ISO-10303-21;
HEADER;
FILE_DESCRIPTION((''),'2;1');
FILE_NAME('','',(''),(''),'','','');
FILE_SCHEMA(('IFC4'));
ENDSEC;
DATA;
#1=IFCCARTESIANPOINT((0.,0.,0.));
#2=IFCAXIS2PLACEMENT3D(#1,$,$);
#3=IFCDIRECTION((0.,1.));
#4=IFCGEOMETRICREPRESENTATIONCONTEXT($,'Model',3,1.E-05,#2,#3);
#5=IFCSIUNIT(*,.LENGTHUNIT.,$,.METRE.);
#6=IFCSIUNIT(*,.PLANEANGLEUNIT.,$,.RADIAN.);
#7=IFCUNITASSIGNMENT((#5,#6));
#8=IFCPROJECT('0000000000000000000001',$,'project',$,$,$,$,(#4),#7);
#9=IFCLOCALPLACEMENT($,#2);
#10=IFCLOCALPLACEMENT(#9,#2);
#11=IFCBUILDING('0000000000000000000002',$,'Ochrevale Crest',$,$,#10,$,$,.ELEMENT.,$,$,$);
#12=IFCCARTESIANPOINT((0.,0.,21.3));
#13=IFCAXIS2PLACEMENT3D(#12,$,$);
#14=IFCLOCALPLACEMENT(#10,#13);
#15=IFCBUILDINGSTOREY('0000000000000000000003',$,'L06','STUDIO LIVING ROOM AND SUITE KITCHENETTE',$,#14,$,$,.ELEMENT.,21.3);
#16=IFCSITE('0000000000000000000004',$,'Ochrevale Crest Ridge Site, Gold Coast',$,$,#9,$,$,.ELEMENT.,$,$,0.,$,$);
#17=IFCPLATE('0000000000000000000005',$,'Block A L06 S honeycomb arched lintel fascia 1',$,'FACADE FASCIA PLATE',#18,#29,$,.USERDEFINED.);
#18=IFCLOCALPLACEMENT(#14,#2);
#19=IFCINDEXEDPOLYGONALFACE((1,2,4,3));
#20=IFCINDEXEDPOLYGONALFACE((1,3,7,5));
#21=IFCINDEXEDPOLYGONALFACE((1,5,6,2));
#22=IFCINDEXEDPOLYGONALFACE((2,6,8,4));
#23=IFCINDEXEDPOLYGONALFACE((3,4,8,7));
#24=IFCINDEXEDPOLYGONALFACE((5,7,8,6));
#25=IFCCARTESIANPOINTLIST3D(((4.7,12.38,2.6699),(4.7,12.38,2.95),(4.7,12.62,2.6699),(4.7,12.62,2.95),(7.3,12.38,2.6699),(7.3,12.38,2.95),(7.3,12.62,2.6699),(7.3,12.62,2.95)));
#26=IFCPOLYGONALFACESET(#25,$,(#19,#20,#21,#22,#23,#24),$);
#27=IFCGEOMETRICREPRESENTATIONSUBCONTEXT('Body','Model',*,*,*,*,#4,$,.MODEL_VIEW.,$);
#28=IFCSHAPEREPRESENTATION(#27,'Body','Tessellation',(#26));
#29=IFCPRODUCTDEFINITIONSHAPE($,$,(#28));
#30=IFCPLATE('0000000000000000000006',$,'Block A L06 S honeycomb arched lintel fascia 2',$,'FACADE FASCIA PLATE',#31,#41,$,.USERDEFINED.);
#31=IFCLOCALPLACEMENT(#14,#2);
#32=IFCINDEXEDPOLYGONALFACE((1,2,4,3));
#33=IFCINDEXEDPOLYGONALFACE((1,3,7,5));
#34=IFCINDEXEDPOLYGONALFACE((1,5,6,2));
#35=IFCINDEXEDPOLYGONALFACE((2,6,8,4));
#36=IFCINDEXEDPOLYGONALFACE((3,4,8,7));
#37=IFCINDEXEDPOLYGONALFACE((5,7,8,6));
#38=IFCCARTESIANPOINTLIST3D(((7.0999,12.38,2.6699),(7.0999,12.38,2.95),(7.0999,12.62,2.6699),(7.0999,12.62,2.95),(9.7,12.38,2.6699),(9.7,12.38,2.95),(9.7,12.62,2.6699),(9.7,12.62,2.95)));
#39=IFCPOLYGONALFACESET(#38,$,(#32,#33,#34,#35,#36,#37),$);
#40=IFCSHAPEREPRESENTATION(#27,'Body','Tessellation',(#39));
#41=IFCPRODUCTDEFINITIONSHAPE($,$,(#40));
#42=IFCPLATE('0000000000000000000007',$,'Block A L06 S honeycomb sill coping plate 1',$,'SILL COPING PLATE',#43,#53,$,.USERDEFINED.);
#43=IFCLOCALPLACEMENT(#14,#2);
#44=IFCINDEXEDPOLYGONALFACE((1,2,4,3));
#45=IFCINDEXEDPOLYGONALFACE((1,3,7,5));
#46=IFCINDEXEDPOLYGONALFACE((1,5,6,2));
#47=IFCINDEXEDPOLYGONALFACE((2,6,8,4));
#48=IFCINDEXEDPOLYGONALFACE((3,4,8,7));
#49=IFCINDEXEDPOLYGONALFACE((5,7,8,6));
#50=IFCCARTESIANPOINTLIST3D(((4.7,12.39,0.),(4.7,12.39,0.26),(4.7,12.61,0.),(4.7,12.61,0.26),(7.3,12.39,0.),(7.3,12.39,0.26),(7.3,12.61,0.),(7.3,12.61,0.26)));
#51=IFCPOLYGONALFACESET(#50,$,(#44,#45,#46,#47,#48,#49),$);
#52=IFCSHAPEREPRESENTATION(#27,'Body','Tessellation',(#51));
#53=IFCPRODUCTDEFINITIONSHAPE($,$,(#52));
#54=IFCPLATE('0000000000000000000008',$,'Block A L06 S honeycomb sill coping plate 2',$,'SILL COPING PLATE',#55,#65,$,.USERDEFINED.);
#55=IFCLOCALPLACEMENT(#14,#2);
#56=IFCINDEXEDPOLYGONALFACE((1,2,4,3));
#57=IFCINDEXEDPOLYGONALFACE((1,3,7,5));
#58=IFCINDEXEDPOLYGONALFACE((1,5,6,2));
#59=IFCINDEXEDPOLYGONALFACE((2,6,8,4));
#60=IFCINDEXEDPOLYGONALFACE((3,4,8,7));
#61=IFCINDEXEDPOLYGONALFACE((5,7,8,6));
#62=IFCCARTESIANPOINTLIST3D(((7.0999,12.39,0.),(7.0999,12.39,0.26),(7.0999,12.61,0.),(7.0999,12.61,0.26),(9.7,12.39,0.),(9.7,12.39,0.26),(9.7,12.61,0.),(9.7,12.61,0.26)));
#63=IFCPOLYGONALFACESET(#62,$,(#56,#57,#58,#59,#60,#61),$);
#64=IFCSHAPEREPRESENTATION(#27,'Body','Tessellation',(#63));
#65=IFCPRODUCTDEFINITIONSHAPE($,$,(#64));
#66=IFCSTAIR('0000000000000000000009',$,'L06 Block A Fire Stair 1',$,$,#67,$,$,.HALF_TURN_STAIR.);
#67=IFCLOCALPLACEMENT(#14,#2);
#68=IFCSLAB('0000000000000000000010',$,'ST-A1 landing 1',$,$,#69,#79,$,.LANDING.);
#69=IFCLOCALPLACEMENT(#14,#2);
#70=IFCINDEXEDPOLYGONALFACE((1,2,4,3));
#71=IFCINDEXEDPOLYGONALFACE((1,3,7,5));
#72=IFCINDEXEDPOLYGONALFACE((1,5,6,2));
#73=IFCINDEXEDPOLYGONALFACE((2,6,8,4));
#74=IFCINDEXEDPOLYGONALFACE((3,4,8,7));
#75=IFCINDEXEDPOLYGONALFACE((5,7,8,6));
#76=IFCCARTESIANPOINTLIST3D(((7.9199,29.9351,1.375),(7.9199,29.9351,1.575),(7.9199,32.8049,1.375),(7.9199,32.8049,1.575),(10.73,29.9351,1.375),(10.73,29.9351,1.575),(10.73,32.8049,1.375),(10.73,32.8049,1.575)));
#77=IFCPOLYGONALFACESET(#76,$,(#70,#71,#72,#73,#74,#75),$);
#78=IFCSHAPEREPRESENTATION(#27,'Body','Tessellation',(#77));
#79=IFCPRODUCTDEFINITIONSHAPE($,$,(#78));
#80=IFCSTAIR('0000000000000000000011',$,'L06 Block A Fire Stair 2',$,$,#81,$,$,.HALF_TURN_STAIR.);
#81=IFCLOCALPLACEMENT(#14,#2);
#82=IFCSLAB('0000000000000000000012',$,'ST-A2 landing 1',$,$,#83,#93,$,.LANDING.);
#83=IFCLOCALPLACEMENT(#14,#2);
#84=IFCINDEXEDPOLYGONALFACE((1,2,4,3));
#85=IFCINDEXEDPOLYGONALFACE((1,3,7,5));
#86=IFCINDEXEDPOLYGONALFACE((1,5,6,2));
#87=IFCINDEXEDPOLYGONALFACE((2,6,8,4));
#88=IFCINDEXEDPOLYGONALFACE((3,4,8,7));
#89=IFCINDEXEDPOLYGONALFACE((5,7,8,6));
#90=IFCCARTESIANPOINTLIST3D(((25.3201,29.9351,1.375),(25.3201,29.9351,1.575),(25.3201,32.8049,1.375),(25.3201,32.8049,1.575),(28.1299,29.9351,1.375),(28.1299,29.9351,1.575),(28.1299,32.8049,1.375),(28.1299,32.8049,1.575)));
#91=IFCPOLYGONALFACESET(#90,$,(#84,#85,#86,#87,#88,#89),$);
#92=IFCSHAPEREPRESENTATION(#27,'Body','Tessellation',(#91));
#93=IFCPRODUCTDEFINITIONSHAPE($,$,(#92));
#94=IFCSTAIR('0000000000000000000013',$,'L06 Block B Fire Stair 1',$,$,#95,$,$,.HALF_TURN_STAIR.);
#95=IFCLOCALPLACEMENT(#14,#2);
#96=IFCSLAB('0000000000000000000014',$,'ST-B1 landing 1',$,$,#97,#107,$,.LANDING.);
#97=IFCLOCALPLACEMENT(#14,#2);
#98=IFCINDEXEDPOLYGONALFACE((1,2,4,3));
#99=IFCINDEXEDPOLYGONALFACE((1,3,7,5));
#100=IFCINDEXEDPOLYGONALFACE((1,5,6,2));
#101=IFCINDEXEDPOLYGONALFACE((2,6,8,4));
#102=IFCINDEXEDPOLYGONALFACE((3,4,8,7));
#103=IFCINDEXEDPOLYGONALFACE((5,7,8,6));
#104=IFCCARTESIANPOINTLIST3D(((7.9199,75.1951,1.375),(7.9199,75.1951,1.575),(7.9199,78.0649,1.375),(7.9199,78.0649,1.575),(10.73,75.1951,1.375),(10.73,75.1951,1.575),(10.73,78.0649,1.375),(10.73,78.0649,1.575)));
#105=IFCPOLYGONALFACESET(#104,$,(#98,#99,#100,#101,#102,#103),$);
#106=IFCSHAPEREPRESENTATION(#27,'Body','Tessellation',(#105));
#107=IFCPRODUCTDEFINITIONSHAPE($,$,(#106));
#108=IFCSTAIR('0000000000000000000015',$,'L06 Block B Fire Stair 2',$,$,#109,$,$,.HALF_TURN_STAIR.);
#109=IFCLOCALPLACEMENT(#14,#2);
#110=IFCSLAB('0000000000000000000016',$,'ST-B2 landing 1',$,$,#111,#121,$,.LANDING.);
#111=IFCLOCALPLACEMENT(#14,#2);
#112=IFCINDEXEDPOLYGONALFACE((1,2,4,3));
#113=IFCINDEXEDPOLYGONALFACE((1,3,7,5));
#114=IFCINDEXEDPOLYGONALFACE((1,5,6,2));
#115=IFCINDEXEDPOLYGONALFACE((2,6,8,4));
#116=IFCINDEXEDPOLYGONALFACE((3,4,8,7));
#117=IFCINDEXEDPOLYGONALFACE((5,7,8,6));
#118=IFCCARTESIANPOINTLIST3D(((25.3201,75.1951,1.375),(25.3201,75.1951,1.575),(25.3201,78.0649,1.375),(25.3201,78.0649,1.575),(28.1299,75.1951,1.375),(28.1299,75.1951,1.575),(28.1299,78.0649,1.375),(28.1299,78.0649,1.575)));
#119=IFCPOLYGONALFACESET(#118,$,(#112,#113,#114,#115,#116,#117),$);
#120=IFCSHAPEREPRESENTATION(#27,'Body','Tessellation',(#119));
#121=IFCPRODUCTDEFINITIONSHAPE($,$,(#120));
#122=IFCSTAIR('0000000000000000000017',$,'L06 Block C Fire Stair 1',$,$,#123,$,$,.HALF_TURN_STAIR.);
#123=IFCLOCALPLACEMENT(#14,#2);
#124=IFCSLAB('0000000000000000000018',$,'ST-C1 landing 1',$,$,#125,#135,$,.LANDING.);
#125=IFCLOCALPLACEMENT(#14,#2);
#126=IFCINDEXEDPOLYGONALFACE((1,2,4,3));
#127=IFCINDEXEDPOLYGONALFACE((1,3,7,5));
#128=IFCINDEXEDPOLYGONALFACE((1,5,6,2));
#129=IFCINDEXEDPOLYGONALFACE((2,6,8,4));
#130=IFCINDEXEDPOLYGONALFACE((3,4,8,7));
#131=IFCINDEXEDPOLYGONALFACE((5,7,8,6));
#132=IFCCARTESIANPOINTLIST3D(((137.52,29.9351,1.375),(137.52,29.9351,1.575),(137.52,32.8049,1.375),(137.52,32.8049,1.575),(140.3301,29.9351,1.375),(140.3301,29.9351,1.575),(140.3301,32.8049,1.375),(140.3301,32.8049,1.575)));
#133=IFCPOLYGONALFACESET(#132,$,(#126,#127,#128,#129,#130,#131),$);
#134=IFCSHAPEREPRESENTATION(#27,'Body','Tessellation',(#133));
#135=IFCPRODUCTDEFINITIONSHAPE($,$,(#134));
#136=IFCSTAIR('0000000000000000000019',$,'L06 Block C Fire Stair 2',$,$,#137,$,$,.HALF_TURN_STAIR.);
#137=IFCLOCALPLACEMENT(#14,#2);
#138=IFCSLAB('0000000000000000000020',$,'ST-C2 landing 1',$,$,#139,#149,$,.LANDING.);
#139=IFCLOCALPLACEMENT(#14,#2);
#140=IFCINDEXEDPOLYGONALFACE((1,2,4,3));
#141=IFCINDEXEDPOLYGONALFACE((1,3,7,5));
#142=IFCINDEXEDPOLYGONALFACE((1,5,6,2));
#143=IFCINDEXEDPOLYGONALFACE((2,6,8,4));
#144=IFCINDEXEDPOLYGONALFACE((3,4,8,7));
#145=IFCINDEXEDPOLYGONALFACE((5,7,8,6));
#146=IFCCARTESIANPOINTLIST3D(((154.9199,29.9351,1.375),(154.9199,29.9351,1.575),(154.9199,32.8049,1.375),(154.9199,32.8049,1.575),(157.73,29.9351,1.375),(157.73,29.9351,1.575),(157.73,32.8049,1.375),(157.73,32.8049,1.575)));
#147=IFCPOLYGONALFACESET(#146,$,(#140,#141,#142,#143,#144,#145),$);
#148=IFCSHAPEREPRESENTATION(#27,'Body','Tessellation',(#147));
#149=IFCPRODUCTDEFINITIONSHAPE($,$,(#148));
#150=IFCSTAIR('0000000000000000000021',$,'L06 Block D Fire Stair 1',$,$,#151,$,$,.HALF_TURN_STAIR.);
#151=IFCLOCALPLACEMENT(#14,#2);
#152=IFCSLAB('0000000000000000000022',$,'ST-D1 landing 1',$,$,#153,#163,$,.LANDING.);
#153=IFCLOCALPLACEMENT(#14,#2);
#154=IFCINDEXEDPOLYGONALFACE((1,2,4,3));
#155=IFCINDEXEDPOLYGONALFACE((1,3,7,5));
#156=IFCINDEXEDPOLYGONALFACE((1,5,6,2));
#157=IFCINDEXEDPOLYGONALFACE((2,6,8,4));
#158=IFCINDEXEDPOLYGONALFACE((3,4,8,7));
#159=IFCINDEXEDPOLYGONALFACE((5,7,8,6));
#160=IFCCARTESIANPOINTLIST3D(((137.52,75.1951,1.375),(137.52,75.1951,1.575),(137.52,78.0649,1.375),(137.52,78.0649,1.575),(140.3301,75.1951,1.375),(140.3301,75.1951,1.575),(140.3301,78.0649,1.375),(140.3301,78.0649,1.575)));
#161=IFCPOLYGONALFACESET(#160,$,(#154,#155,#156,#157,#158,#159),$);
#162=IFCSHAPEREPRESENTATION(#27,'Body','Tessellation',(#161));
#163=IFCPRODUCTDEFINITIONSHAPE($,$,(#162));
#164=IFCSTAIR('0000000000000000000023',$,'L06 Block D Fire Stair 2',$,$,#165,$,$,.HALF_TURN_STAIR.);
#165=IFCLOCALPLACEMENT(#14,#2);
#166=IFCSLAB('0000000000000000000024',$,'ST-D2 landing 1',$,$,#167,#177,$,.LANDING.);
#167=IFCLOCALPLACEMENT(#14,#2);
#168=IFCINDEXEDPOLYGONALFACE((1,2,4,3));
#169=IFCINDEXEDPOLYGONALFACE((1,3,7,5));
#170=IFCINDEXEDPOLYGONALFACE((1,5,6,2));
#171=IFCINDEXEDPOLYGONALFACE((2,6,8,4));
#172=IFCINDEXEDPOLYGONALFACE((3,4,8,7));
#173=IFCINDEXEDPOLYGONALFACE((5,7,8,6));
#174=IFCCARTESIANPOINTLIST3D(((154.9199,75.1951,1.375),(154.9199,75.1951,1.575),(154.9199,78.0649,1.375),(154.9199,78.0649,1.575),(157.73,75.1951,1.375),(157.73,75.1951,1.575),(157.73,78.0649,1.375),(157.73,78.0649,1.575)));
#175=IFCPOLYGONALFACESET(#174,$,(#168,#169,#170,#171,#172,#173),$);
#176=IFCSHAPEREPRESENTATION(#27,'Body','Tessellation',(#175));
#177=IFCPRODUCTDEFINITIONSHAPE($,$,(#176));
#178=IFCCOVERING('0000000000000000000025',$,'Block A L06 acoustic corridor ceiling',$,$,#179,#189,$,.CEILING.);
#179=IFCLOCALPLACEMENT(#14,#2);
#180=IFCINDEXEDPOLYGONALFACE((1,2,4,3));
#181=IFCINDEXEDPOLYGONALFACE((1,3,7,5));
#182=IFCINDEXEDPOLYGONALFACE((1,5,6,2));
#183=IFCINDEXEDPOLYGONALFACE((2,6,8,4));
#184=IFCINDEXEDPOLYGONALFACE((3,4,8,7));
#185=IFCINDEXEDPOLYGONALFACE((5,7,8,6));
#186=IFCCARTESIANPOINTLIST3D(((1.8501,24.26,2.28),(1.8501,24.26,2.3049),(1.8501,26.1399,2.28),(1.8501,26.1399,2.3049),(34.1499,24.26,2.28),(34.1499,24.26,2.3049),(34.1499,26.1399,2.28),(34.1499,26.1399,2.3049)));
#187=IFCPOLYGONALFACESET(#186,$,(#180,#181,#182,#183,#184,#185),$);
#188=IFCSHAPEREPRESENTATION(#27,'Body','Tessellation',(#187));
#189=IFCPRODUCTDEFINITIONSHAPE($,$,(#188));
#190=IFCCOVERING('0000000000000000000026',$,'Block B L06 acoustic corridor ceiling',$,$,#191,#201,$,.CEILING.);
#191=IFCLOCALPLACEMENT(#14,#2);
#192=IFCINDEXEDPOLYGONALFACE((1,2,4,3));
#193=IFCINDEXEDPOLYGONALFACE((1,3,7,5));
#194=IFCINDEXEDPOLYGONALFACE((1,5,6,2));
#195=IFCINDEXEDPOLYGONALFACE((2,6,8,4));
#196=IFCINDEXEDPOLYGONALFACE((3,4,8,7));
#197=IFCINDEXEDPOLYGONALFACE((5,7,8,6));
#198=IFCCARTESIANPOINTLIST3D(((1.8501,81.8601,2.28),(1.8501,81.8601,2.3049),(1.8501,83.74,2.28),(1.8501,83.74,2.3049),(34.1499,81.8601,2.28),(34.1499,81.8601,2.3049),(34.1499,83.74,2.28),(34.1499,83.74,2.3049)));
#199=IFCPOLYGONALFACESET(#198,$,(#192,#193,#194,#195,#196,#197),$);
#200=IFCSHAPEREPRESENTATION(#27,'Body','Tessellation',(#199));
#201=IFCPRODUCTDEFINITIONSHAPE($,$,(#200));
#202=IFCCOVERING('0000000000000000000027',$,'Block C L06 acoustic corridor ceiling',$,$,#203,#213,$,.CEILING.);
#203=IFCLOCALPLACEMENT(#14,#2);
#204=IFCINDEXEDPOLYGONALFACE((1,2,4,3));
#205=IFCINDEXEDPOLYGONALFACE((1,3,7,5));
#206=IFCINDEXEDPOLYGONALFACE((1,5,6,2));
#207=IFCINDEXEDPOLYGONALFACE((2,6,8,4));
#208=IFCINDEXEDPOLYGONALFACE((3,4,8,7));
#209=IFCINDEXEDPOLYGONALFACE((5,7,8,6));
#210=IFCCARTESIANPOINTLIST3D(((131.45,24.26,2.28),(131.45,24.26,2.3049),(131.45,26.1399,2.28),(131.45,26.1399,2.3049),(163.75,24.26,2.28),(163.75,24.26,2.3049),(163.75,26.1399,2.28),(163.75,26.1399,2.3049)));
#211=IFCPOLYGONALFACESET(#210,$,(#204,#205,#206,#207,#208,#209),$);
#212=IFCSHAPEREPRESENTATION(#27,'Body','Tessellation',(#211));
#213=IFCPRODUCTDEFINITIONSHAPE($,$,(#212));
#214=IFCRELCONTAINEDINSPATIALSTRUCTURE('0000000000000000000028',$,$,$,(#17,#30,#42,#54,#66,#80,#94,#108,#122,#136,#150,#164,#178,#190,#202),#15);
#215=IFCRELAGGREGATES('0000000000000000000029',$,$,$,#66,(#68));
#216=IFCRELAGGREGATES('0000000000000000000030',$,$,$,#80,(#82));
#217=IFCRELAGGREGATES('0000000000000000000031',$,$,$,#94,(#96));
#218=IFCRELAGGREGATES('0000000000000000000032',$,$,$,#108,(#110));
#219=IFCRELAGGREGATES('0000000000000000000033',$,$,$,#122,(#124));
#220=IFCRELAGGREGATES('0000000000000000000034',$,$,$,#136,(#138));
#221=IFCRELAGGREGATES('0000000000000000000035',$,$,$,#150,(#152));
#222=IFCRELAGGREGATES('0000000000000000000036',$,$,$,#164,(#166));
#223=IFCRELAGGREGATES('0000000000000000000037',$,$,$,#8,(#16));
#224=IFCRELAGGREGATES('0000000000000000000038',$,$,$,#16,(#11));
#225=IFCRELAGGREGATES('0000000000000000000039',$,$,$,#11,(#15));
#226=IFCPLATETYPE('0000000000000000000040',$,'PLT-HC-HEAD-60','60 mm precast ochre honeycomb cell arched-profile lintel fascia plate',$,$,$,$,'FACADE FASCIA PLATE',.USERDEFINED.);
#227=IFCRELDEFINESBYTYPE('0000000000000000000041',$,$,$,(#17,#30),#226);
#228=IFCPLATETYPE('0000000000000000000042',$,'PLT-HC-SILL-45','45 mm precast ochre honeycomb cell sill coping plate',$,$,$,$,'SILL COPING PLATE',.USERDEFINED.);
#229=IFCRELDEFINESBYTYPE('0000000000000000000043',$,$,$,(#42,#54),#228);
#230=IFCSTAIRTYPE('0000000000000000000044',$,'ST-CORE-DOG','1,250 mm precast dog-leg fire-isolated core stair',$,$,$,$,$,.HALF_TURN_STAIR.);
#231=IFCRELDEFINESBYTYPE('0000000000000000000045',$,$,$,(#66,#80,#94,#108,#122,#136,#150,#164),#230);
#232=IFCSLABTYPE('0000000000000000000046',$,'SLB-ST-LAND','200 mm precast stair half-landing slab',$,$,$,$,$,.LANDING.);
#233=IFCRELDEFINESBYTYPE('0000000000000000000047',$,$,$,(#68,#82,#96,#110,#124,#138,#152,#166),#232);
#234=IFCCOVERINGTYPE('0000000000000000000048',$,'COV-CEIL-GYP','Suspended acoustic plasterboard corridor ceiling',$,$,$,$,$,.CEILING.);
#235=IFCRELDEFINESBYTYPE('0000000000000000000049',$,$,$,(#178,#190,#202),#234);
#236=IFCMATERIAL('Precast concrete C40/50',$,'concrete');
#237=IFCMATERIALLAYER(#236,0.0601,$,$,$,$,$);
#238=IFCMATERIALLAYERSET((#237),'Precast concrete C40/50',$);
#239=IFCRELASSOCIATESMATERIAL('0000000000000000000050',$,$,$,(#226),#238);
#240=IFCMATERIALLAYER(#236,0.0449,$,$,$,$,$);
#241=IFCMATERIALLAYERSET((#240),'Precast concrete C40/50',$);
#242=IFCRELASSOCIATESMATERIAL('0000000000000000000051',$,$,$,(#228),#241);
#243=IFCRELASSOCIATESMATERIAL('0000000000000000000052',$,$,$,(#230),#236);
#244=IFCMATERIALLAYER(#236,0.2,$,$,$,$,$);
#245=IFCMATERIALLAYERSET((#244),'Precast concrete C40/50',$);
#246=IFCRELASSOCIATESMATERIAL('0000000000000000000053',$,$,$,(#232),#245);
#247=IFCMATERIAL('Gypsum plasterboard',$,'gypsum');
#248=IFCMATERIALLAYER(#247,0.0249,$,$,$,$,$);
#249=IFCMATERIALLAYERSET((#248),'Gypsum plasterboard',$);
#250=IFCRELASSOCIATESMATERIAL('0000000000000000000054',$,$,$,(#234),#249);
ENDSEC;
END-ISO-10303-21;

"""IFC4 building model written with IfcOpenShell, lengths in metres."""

from ifc_helpers import new_model, si_unit, direction, frame, origin, origin_2d, place, context, subcontext, project, spatial, polyline, rectangle, outline, extrude, material, layer, layer_set, type_object, element, aggregate, save


model = new_model("IFC4")

# Units and contexts
model_context = context("Model", 3, precision=1e-05, world=origin(), true_north=direction((0.0, 1.0)))
body_context = subcontext(model_context, "Body", "Model", "MODEL_VIEW")
ifc_project = project(units=[si_unit("LENGTHUNIT", "METRE"), si_unit("PLANEANGLEUNIT", "RADIAN")], contexts=[model_context])

# Site, building, storey
site_placement = place(None, origin())
site = spatial("IfcSite", under=ifc_project, at=site_placement, Name="Ochrevale Crest Ridge Site, Gold Coast", CompositionType="ELEMENT", RefElevation=0.0)
building_placement = place(site_placement, origin())
building = spatial("IfcBuilding", under=site, at=building_placement, Name="Ochrevale Crest", CompositionType="ELEMENT")
storey_placement = place(building_placement, frame((0.0, 0.0, 21.3)))
storey = spatial("IfcBuildingStorey", under=building, at=storey_placement, Name="L06", Description="STUDIO LIVING ROOM AND SUITE KITCHENETTE", CompositionType="ELEMENT", Elevation=21.3)

# Plates
ifc_material_1 = material(Name="Precast concrete C40/50", Category="concrete")
ifc_layer_1 = layer(ifc_material_1, 0.0601)
ifc_layer_set_1 = layer_set([ifc_layer_1], Name="Precast concrete C40/50")
plate_type_1 = type_object("IfcPlateType", Name="PLT-HC-HEAD-60", Description="60 mm precast ochre honeycomb cell arched-profile lintel fascia plate", ElementType="FACADE FASCIA PLATE", PredefinedType="USERDEFINED", material=ifc_layer_set_1)
for number, where, z_axis, x_axis, name in (
    (1, (6.0, 12.5, 2.6699), (0.0, 0.0, 1.0), (1.0, 0.0, 0.0), "Block A L06 S honeycomb arched lintel fascia 1"),
    (2, (8.3999, 12.5, 2.6699), (0.0, 0.0, 1.0), (1.0, 0.0, 0.0), "Block A L06 S honeycomb arched lintel fascia 2"),
):
    element("IfcPlate", number, at=place(storey_placement, frame(where, z_axis=z_axis, x_axis=x_axis)), inside=storey, type_object=plate_type_1, Name=name, ObjectType="FACADE FASCIA PLATE", PredefinedType="USERDEFINED", context=body_context, shape_type="SweptSolid", body=[
        extrude(rectangle(XDim=2.6001, YDim=0.24, at=origin_2d()), origin(), (0.0, 0.0, 1.0), 0.28),
    ])
ifc_layer_2 = layer(ifc_material_1, 0.0449)
ifc_layer_set_2 = layer_set([ifc_layer_2], Name="Precast concrete C40/50")
plate_type_2 = type_object("IfcPlateType", Name="PLT-HC-SILL-45", Description="45 mm precast ochre honeycomb cell sill coping plate", ElementType="SILL COPING PLATE", PredefinedType="USERDEFINED", material=ifc_layer_set_2)
for number, where, z_axis, x_axis, name in (
    (3, (6.0, 12.5, 0.0), (0.0, 0.0, 1.0), (1.0, 0.0, 0.0), "Block A L06 S honeycomb sill coping plate 1"),
    (4, (8.3999, 12.5, 0.0), (0.0, 0.0, 1.0), (1.0, 0.0, 0.0), "Block A L06 S honeycomb sill coping plate 2"),
):
    element("IfcPlate", number, at=place(storey_placement, frame(where, z_axis=z_axis, x_axis=x_axis)), inside=storey, type_object=plate_type_2, Name=name, ObjectType="SILL COPING PLATE", PredefinedType="USERDEFINED", context=body_context, shape_type="SweptSolid", body=[
        extrude(rectangle(XDim=2.6001, YDim=0.22, at=origin_2d()), origin(), (0.0, 0.0, 1.0), 0.26),
    ])

# Stairs, slabs
stair_type = type_object("IfcStairType", Name="ST-CORE-DOG", Description="1,250 mm precast dog-leg fire-isolated core stair", PredefinedType="HALF_TURN_STAIR", material=ifc_material_1)
stair_1_placement = place(storey_placement, origin())
stair_1 = element("IfcStair", 5, at=stair_1_placement, inside=storey, type_object=stair_type, Name="L06 Block A Fire Stair 1", PredefinedType="HALF_TURN_STAIR")
ifc_layer_3 = layer(ifc_material_1, 0.2)
ifc_layer_set_3 = layer_set([ifc_layer_3], Name="Precast concrete C40/50")
slab_type = type_object("IfcSlabType", Name="SLB-ST-LAND", Description="200 mm precast stair half-landing slab", PredefinedType="LANDING", material=ifc_layer_set_3)
slab_1_placement = place(storey_placement, frame((0.0, 0.0, 1.375)))
slab_1 = element("IfcSlab", 6, at=slab_1_placement, type_object=slab_type, Name="ST-A1 landing 1", PredefinedType="LANDING", context=body_context, shape_type="SweptSolid", body=[
    extrude(outline(polyline([(10.73, 29.9351), (10.73, 32.8049), (7.9199, 32.8049), (7.9199, 29.9351), (10.73, 29.9351)])), origin(), (0.0, 0.0, 1.0), 0.2),
])
aggregate(stair_1, [slab_1])
stair_2_placement = place(storey_placement, origin())
stair_2 = element("IfcStair", 7, at=stair_2_placement, inside=storey, type_object=stair_type, Name="L06 Block A Fire Stair 2", PredefinedType="HALF_TURN_STAIR")
slab_2_placement = place(storey_placement, frame((0.0, 0.0, 1.375)))
slab_2 = element("IfcSlab", 8, at=slab_2_placement, type_object=slab_type, Name="ST-A2 landing 1", PredefinedType="LANDING", context=body_context, shape_type="SweptSolid", body=[
    extrude(outline(polyline([(28.1299, 29.9351), (28.1299, 32.8049), (25.3201, 32.8049), (25.3201, 29.9351), (28.1299, 29.9351)])), origin(), (0.0, 0.0, 1.0), 0.2),
])
aggregate(stair_2, [slab_2])
stair_3_placement = place(storey_placement, origin())
stair_3 = element("IfcStair", 9, at=stair_3_placement, inside=storey, type_object=stair_type, Name="L06 Block B Fire Stair 1", PredefinedType="HALF_TURN_STAIR")
slab_3_placement = place(storey_placement, frame((0.0, 0.0, 1.375)))
slab_3 = element("IfcSlab", 10, at=slab_3_placement, type_object=slab_type, Name="ST-B1 landing 1", PredefinedType="LANDING", context=body_context, shape_type="SweptSolid", body=[
    extrude(outline(polyline([(7.9199, 78.0649), (7.9199, 75.1951), (10.73, 75.1951), (10.73, 78.0649), (7.9199, 78.0649)])), origin(), (0.0, 0.0, 1.0), 0.2),
])
aggregate(stair_3, [slab_3])
stair_4_placement = place(storey_placement, origin())
stair_4 = element("IfcStair", 11, at=stair_4_placement, inside=storey, type_object=stair_type, Name="L06 Block B Fire Stair 2", PredefinedType="HALF_TURN_STAIR")
slab_4_placement = place(storey_placement, frame((0.0, 0.0, 1.375)))
slab_4 = element("IfcSlab", 12, at=slab_4_placement, type_object=slab_type, Name="ST-B2 landing 1", PredefinedType="LANDING", context=body_context, shape_type="SweptSolid", body=[
    extrude(outline(polyline([(25.3201, 78.0649), (25.3201, 75.1951), (28.1299, 75.1951), (28.1299, 78.0649), (25.3201, 78.0649)])), origin(), (0.0, 0.0, 1.0), 0.2),
])
aggregate(stair_4, [slab_4])
stair_5_placement = place(storey_placement, origin())
stair_5 = element("IfcStair", 13, at=stair_5_placement, inside=storey, type_object=stair_type, Name="L06 Block C Fire Stair 1", PredefinedType="HALF_TURN_STAIR")
slab_5_placement = place(storey_placement, frame((0.0, 0.0, 1.375)))
slab_5 = element("IfcSlab", 14, at=slab_5_placement, type_object=slab_type, Name="ST-C1 landing 1", PredefinedType="LANDING", context=body_context, shape_type="SweptSolid", body=[
    extrude(outline(polyline([(140.3301, 29.9351), (140.3301, 32.8049), (137.52, 32.8049), (137.52, 29.9351), (140.3301, 29.9351)])), origin(), (0.0, 0.0, 1.0), 0.2),
])
aggregate(stair_5, [slab_5])
stair_6_placement = place(storey_placement, origin())
stair_6 = element("IfcStair", 15, at=stair_6_placement, inside=storey, type_object=stair_type, Name="L06 Block C Fire Stair 2", PredefinedType="HALF_TURN_STAIR")
slab_6_placement = place(storey_placement, frame((0.0, 0.0, 1.375)))
slab_6 = element("IfcSlab", 16, at=slab_6_placement, type_object=slab_type, Name="ST-C2 landing 1", PredefinedType="LANDING", context=body_context, shape_type="SweptSolid", body=[
    extrude(outline(polyline([(157.73, 29.9351), (157.73, 32.8049), (154.9199, 32.8049), (154.9199, 29.9351), (157.73, 29.9351)])), origin(), (0.0, 0.0, 1.0), 0.2),
])
aggregate(stair_6, [slab_6])
stair_7_placement = place(storey_placement, origin())
stair_7 = element("IfcStair", 17, at=stair_7_placement, inside=storey, type_object=stair_type, Name="L06 Block D Fire Stair 1", PredefinedType="HALF_TURN_STAIR")
slab_7_placement = place(storey_placement, frame((0.0, 0.0, 1.375)))
slab_7 = element("IfcSlab", 18, at=slab_7_placement, type_object=slab_type, Name="ST-D1 landing 1", PredefinedType="LANDING", context=body_context, shape_type="SweptSolid", body=[
    extrude(outline(polyline([(137.52, 78.0649), (137.52, 75.1951), (140.3301, 75.1951), (140.3301, 78.0649), (137.52, 78.0649)])), origin(), (0.0, 0.0, 1.0), 0.2),
])
aggregate(stair_7, [slab_7])
stair_8_placement = place(storey_placement, origin())
stair_8 = element("IfcStair", 19, at=stair_8_placement, inside=storey, type_object=stair_type, Name="L06 Block D Fire Stair 2", PredefinedType="HALF_TURN_STAIR")
slab_8_placement = place(storey_placement, frame((0.0, 0.0, 1.375)))
slab_8 = element("IfcSlab", 20, at=slab_8_placement, type_object=slab_type, Name="ST-D2 landing 1", PredefinedType="LANDING", context=body_context, shape_type="SweptSolid", body=[
    extrude(outline(polyline([(154.9199, 78.0649), (154.9199, 75.1951), (157.73, 75.1951), (157.73, 78.0649), (154.9199, 78.0649)])), origin(), (0.0, 0.0, 1.0), 0.2),
])
aggregate(stair_8, [slab_8])

# Coverings
ifc_material_2 = material(Name="Gypsum plasterboard", Category="gypsum")
ifc_layer_4 = layer(ifc_material_2, 0.0249)
ifc_layer_set_4 = layer_set([ifc_layer_4], Name="Gypsum plasterboard")
covering_type_1 = type_object("IfcCoveringType", Name="COV-CEIL-GYP", Description="Suspended acoustic plasterboard corridor ceiling", PredefinedType="CEILING", material=ifc_layer_set_4)
covering_1_placement = place(storey_placement, frame((0.0, 0.0, 2.28)))
element("IfcCovering", 21, at=covering_1_placement, inside=storey, type_object=covering_type_1, Name="Block A L06 acoustic corridor ceiling", PredefinedType="CEILING", context=body_context, shape_type="SweptSolid", body=[
    extrude(outline(polyline([(1.8501, 24.26), (34.1499, 24.26), (34.1499, 26.1399), (1.8501, 26.1399), (1.8501, 24.26)])), origin(), (0.0, 0.0, 1.0), 0.0249),
])
covering_2_placement = place(storey_placement, frame((0.0, 0.0, 2.28)))
element("IfcCovering", 22, at=covering_2_placement, inside=storey, type_object=covering_type_1, Name="Block B L06 acoustic corridor ceiling", PredefinedType="CEILING", context=body_context, shape_type="SweptSolid", body=[
    extrude(outline(polyline([(1.8501, 81.8601), (34.1499, 81.8601), (34.1499, 83.74), (1.8501, 83.74), (1.8501, 81.8601)])), origin(), (0.0, 0.0, 1.0), 0.0249),
])
covering_3_placement = place(storey_placement, frame((0.0, 0.0, 2.28)))
element("IfcCovering", 23, at=covering_3_placement, inside=storey, type_object=covering_type_1, Name="Block C L06 acoustic corridor ceiling", PredefinedType="CEILING", context=body_context, shape_type="SweptSolid", body=[
    extrude(outline(polyline([(131.45, 24.26), (163.75, 24.26), (163.75, 26.1399), (131.45, 26.1399), (131.45, 24.26)])), origin(), (0.0, 0.0, 1.0), 0.0249),
])

save(model, "model.ifc")
